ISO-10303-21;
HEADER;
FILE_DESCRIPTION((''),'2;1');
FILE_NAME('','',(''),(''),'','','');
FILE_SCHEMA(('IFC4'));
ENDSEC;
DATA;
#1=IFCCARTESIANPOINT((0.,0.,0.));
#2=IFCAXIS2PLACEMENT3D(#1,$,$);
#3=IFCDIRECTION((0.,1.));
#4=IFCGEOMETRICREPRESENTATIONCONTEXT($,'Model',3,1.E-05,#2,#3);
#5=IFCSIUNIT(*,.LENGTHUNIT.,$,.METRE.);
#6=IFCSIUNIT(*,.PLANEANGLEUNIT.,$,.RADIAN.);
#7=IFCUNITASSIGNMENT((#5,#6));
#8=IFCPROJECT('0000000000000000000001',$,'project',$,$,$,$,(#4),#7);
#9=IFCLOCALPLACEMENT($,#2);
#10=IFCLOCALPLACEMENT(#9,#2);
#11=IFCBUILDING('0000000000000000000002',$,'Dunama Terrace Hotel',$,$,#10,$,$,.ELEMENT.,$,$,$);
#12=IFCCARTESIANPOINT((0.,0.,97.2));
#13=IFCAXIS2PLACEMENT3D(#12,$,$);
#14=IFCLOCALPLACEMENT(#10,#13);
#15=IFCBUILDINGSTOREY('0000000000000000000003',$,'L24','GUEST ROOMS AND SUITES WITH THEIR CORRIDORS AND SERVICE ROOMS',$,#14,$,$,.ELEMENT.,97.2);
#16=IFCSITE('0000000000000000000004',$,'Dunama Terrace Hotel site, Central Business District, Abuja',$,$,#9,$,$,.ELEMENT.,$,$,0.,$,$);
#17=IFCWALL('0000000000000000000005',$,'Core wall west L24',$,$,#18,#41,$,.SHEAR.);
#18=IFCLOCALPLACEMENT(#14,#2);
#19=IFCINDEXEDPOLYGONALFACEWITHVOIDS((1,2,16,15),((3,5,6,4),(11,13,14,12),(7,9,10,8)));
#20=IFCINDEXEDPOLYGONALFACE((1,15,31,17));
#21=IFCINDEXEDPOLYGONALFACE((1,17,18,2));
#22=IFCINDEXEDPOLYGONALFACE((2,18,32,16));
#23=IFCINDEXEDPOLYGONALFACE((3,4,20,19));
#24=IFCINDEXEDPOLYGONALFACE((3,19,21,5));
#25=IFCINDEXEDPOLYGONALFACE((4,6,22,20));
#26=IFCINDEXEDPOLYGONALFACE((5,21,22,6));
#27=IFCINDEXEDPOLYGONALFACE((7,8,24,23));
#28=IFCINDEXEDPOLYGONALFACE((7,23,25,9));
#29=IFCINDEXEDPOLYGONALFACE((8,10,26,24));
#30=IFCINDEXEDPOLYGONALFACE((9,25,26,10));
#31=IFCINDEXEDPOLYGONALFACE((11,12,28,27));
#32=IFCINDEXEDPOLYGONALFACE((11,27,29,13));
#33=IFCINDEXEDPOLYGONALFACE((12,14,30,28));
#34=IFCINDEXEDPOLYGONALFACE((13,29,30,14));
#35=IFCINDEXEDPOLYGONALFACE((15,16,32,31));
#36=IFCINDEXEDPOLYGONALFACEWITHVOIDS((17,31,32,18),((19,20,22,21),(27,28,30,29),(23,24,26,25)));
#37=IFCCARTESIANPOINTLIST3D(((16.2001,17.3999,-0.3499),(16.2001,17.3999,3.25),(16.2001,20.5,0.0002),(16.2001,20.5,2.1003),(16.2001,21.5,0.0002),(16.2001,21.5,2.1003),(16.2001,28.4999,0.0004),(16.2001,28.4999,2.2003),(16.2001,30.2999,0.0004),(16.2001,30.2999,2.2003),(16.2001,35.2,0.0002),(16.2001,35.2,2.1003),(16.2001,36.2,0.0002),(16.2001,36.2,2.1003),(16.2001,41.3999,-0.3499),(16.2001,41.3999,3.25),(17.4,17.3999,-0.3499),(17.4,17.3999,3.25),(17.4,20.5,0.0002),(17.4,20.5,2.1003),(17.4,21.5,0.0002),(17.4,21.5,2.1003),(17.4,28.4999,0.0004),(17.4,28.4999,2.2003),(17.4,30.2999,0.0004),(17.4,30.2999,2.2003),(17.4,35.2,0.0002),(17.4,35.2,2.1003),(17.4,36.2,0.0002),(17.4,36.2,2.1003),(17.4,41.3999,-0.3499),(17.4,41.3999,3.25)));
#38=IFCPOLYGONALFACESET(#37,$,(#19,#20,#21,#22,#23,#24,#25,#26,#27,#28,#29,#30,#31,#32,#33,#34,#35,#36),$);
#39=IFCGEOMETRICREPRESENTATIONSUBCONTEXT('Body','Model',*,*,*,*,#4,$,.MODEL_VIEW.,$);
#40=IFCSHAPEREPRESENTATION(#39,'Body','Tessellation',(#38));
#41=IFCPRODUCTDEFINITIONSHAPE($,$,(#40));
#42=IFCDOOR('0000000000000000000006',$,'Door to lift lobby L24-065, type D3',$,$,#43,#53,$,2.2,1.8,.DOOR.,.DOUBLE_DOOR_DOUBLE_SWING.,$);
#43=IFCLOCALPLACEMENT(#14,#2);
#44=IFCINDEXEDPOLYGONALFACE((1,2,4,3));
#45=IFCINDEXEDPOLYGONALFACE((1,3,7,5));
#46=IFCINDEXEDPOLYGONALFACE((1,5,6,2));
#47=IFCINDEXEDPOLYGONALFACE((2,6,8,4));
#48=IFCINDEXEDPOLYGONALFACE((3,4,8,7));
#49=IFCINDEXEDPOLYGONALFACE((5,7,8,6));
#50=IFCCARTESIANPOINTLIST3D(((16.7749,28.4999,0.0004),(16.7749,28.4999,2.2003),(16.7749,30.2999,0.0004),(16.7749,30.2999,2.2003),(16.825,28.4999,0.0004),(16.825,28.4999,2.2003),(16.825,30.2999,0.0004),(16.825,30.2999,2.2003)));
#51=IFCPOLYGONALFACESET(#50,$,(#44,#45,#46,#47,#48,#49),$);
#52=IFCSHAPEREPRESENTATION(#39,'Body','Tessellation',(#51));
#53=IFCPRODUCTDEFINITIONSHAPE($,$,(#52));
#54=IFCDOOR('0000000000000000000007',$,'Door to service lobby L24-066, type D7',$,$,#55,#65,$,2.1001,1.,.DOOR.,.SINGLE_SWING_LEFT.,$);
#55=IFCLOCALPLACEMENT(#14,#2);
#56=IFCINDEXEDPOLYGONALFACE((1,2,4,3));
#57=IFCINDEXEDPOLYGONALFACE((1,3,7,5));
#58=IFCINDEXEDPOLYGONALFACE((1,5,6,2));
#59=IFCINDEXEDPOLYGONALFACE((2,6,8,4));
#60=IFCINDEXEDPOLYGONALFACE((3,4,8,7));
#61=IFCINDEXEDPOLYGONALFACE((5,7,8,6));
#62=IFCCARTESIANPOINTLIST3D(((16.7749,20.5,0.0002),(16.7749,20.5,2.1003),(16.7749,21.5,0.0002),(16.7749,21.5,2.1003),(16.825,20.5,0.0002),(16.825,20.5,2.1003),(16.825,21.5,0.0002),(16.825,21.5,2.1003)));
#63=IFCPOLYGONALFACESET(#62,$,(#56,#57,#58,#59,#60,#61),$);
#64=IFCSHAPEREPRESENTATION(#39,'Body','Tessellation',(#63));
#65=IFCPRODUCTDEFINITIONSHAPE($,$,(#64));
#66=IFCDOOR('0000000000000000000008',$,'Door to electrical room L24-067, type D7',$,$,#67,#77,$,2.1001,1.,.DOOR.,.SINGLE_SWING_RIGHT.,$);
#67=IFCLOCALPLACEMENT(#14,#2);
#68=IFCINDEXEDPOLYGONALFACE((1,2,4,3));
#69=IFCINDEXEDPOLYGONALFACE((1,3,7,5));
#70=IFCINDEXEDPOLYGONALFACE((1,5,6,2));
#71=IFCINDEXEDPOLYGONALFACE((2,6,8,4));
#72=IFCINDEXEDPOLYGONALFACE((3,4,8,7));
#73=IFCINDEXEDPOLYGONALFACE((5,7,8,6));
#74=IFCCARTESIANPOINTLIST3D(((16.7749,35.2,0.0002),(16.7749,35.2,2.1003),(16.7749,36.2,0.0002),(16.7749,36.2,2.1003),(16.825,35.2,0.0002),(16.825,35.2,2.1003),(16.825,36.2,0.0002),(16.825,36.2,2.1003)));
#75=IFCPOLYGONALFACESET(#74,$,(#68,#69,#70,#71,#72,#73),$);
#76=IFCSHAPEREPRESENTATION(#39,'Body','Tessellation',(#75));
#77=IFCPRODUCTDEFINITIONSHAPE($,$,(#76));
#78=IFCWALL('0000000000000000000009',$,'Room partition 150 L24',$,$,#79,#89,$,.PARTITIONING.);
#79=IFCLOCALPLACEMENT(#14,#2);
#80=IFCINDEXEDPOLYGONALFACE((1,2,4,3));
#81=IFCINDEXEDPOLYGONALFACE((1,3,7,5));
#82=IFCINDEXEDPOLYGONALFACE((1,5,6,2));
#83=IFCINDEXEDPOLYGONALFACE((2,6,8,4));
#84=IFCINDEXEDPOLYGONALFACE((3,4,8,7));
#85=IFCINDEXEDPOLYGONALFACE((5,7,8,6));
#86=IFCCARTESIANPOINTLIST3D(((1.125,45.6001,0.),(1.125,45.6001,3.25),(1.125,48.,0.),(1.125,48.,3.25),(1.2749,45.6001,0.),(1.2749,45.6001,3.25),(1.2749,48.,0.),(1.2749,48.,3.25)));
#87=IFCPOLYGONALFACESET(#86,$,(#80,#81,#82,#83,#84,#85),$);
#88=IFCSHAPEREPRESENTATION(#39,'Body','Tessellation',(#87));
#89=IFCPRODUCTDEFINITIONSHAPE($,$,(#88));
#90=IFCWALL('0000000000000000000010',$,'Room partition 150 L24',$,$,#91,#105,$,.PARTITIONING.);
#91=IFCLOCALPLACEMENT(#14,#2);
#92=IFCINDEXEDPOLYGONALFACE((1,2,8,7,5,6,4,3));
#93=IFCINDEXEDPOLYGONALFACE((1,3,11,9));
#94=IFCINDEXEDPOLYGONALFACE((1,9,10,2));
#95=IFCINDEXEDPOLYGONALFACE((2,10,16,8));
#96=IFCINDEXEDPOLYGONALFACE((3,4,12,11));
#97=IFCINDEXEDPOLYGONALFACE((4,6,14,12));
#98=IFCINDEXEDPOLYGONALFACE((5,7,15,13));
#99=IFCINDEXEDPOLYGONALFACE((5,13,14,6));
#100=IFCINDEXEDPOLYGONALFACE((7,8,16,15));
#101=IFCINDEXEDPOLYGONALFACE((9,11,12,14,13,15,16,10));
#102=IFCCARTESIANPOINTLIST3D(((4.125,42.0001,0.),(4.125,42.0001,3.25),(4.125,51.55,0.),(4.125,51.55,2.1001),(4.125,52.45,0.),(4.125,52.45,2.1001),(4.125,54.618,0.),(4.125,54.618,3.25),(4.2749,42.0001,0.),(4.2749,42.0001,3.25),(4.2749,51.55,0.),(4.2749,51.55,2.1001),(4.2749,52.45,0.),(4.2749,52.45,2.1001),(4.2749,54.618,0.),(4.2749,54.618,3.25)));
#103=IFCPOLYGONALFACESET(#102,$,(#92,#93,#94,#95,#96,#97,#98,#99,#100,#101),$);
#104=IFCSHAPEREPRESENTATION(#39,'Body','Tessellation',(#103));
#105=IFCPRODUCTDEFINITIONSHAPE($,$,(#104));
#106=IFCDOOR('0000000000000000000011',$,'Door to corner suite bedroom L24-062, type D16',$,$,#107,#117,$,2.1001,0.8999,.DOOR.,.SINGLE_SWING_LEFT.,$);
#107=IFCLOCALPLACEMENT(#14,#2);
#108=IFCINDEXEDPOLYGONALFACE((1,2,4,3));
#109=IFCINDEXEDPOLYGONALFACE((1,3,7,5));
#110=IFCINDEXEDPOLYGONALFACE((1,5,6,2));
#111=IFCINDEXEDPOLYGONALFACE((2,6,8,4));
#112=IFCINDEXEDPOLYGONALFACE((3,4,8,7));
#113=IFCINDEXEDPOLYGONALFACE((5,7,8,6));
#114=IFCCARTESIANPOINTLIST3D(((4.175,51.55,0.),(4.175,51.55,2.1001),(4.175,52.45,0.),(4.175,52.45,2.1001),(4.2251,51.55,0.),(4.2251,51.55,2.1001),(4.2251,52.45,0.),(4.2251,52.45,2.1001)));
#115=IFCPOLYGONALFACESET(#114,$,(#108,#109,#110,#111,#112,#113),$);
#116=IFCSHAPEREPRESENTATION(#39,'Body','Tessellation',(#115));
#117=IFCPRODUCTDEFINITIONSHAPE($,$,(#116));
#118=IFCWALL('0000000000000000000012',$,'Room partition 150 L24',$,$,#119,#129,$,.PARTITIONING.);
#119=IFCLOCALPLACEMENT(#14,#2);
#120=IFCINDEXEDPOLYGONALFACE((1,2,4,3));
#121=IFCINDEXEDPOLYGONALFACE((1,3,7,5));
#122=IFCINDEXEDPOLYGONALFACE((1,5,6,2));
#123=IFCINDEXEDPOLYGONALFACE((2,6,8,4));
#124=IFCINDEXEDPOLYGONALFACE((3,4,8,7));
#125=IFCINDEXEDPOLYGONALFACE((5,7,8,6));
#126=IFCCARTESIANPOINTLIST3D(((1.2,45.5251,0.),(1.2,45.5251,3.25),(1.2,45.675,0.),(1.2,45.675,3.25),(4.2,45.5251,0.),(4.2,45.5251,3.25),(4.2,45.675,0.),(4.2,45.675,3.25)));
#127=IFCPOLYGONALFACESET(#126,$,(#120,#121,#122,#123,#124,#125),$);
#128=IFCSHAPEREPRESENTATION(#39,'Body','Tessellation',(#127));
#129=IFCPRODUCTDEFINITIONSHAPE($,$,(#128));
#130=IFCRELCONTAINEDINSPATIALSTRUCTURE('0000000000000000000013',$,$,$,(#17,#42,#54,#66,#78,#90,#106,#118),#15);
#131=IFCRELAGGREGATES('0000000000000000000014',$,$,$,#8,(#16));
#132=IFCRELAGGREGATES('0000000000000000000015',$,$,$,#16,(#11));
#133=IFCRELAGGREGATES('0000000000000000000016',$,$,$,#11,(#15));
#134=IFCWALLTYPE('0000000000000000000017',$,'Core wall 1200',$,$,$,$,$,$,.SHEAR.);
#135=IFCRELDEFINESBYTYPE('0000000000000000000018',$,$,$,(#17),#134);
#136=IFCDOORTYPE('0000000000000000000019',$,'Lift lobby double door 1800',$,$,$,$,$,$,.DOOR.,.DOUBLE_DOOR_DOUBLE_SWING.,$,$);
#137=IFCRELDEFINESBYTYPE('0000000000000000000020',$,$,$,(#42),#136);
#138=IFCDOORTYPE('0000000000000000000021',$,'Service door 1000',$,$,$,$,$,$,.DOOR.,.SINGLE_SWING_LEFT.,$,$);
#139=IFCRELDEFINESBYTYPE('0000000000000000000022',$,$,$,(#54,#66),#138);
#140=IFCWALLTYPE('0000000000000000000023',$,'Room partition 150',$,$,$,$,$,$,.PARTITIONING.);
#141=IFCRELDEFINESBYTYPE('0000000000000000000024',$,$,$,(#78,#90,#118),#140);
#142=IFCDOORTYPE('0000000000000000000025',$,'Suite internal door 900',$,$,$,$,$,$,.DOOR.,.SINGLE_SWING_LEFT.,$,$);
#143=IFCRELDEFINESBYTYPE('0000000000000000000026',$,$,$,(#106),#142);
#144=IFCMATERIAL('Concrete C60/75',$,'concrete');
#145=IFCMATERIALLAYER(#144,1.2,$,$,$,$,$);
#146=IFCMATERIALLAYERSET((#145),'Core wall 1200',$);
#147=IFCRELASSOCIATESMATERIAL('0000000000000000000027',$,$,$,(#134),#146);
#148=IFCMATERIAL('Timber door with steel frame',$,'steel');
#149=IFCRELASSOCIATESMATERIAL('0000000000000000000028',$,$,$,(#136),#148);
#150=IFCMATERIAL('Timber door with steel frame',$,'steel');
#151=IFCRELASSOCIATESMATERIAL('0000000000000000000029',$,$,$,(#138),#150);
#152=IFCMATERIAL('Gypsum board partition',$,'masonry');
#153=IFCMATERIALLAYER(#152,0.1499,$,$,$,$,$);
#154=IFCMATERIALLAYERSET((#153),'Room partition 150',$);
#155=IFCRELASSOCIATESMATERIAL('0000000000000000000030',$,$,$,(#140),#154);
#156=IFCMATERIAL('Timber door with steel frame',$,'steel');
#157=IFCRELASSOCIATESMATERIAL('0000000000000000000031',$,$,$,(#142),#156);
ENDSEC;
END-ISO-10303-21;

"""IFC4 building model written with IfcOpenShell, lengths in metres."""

from ifc_helpers import new_model, si_unit, direction, frame, frame_2d, origin, place, context, subcontext, project, spatial, rectangle, extrude, material, layer, layer_set, type_object, element, fill, save


model = new_model("IFC4")

# Units and contexts
model_context = context("Model", 3, precision=1e-05, world=origin(), true_north=direction((0.0, 1.0)))
body_context = subcontext(model_context, "Body", "Model", "MODEL_VIEW")
ifc_project = project(units=[si_unit("LENGTHUNIT", "METRE"), si_unit("PLANEANGLEUNIT", "RADIAN")], contexts=[model_context])

# Site, building, storey
site_placement = place(None, origin())
site = spatial("IfcSite", under=ifc_project, at=site_placement, Name="Dunama Terrace Hotel site, Central Business District, Abuja", CompositionType="ELEMENT", RefElevation=0.0)
building_placement = place(site_placement, origin())
building = spatial("IfcBuilding", under=site, at=building_placement, Name="Dunama Terrace Hotel", CompositionType="ELEMENT")
storey_placement = place(building_placement, frame((0.0, 0.0, 97.2)))
storey = spatial("IfcBuildingStorey", under=building, at=storey_placement, Name="L24", Description="GUEST ROOMS AND SUITES WITH THEIR CORRIDORS AND SERVICE ROOMS", CompositionType="ELEMENT", Elevation=97.2)

# Wall, openings, doors
ifc_material_1 = material(Name="Concrete C60/75", Category="concrete")
ifc_layer_1 = layer(ifc_material_1, 1.2)
ifc_layer_set_1 = layer_set([ifc_layer_1], Name="Core wall 1200")
wall_type_1 = type_object("IfcWallType", Name="Core wall 1200", PredefinedType="SHEAR", material=ifc_layer_set_1)
wall_1_placement = place(storey_placement, frame((16.8, 41.3999, -0.3499), z_axis=(0.0, 0.0, 1.0), x_axis=(0.0, -1.0, 0.0)))
wall_1 = element("IfcWall", 1, at=wall_1_placement, inside=storey, type_object=wall_type_1, Name="Core wall west L24", PredefinedType="SHEAR", context=body_context, shape_type="SweptSolid", body=[
    extrude(rectangle(XDim=24.0, YDim=1.2, at=frame_2d((12.0, 0.0))), origin(), (0.0, 0.0, 1.0), 3.5999),
])
opening_1_placement = place(wall_1_placement, frame((11.1001, 0.0, 0.3501)))
opening_1 = element("IfcOpeningElement", 2, at=opening_1_placement, cuts=wall_1, PredefinedType="OPENING", context=body_context, shape_type="SweptSolid", body=[
    extrude(rectangle(XDim=1.8, YDim=2.2, at=frame_2d((0.8999, 1.1001))), frame((0.0, 0.6099, 0.0), z_axis=(0.0, -1.0, 0.0), x_axis=(1.0, 0.0, 0.0)), (0.0, 0.0, 1.0), 1.22),
])
opening_2_placement = place(wall_1_placement, frame((19.8999, 0.0, 0.3501)))
opening_2 = element("IfcOpeningElement", 3, at=opening_2_placement, cuts=wall_1, PredefinedType="OPENING", context=body_context, shape_type="SweptSolid", body=[
    extrude(rectangle(XDim=1.0, YDim=2.1001, at=frame_2d((0.5, 1.05))), frame((0.0, 0.6099, 0.0), z_axis=(0.0, -1.0, 0.0), x_axis=(1.0, 0.0, 0.0)), (0.0, 0.0, 1.0), 1.22),
])
opening_3_placement = place(wall_1_placement, frame((5.2, 0.0, 0.3501)))
opening_3 = element("IfcOpeningElement", 4, at=opening_3_placement, cuts=wall_1, PredefinedType="OPENING", context=body_context, shape_type="SweptSolid", body=[
    extrude(rectangle(XDim=1.0, YDim=2.1001, at=frame_2d((0.5, 1.05))), frame((0.0, 0.6099, 0.0), z_axis=(0.0, -1.0, 0.0), x_axis=(1.0, 0.0, 0.0)), (0.0, 0.0, 1.0), 1.22),
])
ifc_material_2 = material(Name="Timber door with steel frame", Category="steel")
door_type_1 = type_object("IfcDoorType", Name="Lift lobby double door 1800", OperationType="DOUBLE_DOOR_DOUBLE_SWING", PredefinedType="DOOR", material=ifc_material_2)
door_1_placement = place(opening_1_placement, origin())
door_1 = element("IfcDoor", 5, at=door_1_placement, inside=storey, type_object=door_type_1, Name="Door to lift lobby L24-065, type D3", OperationType="DOUBLE_DOOR_DOUBLE_SWING", OverallHeight=2.2, OverallWidth=1.8, PredefinedType="DOOR", context=body_context, shape_type="SweptSolid", body=[
    extrude(rectangle(XDim=1.8, YDim=2.2, at=frame_2d((0.8999, 1.1001))), frame((0.0, 0.0249, 0.0), z_axis=(0.0, -1.0, 0.0), x_axis=(1.0, 0.0, 0.0)), (0.0, 0.0, 1.0), 0.05),
])
fill(opening_1, door_1)
ifc_material_3 = material(Name="Timber door with steel frame", Category="steel")
door_type_2 = type_object("IfcDoorType", Name="Service door 1000", OperationType="SINGLE_SWING_LEFT", PredefinedType="DOOR", material=ifc_material_3)
door_2_placement = place(opening_2_placement, origin())
door_2 = element("IfcDoor", 6, at=door_2_placement, inside=storey, type_object=door_type_2, Name="Door to service lobby L24-066, type D7", OperationType="SINGLE_SWING_LEFT", OverallHeight=2.1001, OverallWidth=1.0, PredefinedType="DOOR", context=body_context, shape_type="SweptSolid", body=[
    extrude(rectangle(XDim=1.0, YDim=2.1001, at=frame_2d((0.5, 1.05))), frame((0.0, 0.0249, 0.0), z_axis=(0.0, -1.0, 0.0), x_axis=(1.0, 0.0, 0.0)), (0.0, 0.0, 1.0), 0.05),
])
fill(opening_2, door_2)
door_3_placement = place(opening_3_placement, origin())
door_3 = element("IfcDoor", 7, at=door_3_placement, inside=storey, type_object=door_type_2, Name="Door to electrical room L24-067, type D7", OperationType="SINGLE_SWING_RIGHT", OverallHeight=2.1001, OverallWidth=1.0, PredefinedType="DOOR", context=body_context, shape_type="SweptSolid", body=[
    extrude(rectangle(XDim=1.0, YDim=2.1001, at=frame_2d((0.5, 1.05))), frame((0.0, 0.0249, 0.0), z_axis=(0.0, -1.0, 0.0), x_axis=(1.0, 0.0, 0.0)), (0.0, 0.0, 1.0), 0.05),
])
fill(opening_3, door_3)

# Wall
ifc_material_4 = material(Name="Gypsum board partition", Category="masonry")
ifc_layer_2 = layer(ifc_material_4, 0.1499)
ifc_layer_set_2 = layer_set([ifc_layer_2], Name="Room partition 150")
wall_type_2 = type_object("IfcWallType", Name="Room partition 150", PredefinedType="PARTITIONING", material=ifc_layer_set_2)
wall_2_placement = place(storey_placement, frame((1.2, 45.6001, 0.0), z_axis=(0.0, 0.0, 1.0), x_axis=(0.0, 1.0, 0.0)))
element("IfcWall", 8, at=wall_2_placement, inside=storey, type_object=wall_type_2, Name="Room partition 150 L24", PredefinedType="PARTITIONING", context=body_context, shape_type="SweptSolid", body=[
    extrude(rectangle(XDim=2.3999, YDim=0.1499, at=frame_2d((1.2, 0.0))), origin(), (0.0, 0.0, 1.0), 3.25),
])

# Wall, opening, door
wall_3_placement = place(storey_placement, frame((4.2, 42.0, 0.0), z_axis=(0.0, 0.0, 1.0), x_axis=(0.0, 1.0, 0.0)))
wall_3 = element("IfcWall", 9, at=wall_3_placement, inside=storey, type_object=wall_type_2, Name="Room partition 150 L24", PredefinedType="PARTITIONING", context=body_context, shape_type="SweptSolid", body=[
    extrude(rectangle(XDim=12.6179, YDim=0.1499, at=frame_2d((6.3091, 0.0))), origin(), (0.0, 0.0, 1.0), 3.25),
])
opening_4_placement = place(wall_3_placement, frame((9.55, 0.0, 0.0)))
opening_4 = element("IfcOpeningElement", 10, at=opening_4_placement, cuts=wall_3, PredefinedType="OPENING", context=body_context, shape_type="SweptSolid", body=[
    extrude(rectangle(XDim=0.8999, YDim=2.1001, at=frame_2d((0.45, 1.05))), frame((0.0, 0.085, 0.0), z_axis=(0.0, -1.0, 0.0), x_axis=(1.0, 0.0, 0.0)), (0.0, 0.0, 1.0), 0.1699),
])
ifc_material_5 = material(Name="Timber door with steel frame", Category="steel")
door_type_3 = type_object("IfcDoorType", Name="Suite internal door 900", OperationType="SINGLE_SWING_LEFT", PredefinedType="DOOR", material=ifc_material_5)
door_4_placement = place(opening_4_placement, origin())
door_4 = element("IfcDoor", 11, at=door_4_placement, inside=storey, type_object=door_type_3, Name="Door to corner suite bedroom L24-062, type D16", OperationType="SINGLE_SWING_LEFT", OverallHeight=2.1001, OverallWidth=0.8999, PredefinedType="DOOR", context=body_context, shape_type="SweptSolid", body=[
    extrude(rectangle(XDim=0.8999, YDim=2.1001, at=frame_2d((0.45, 1.05))), frame((0.0, 0.0249, 0.0), z_axis=(0.0, -1.0, 0.0), x_axis=(1.0, 0.0, 0.0)), (0.0, 0.0, 1.0), 0.05),
])
fill(opening_4, door_4)

# Wall
wall_4_placement = place(storey_placement, frame((1.2, 45.6001, 0.0), z_axis=(0.0, 0.0, 1.0), x_axis=(1.0, 0.0, 0.0)))
element("IfcWall", 12, at=wall_4_placement, inside=storey, type_object=wall_type_2, Name="Room partition 150 L24", PredefinedType="PARTITIONING", context=body_context, shape_type="SweptSolid", body=[
    extrude(rectangle(XDim=3.0, YDim=0.1499, at=frame_2d((1.5, 0.0))), origin(), (0.0, 0.0, 1.0), 3.25),
])

save(model, "model.ifc")
